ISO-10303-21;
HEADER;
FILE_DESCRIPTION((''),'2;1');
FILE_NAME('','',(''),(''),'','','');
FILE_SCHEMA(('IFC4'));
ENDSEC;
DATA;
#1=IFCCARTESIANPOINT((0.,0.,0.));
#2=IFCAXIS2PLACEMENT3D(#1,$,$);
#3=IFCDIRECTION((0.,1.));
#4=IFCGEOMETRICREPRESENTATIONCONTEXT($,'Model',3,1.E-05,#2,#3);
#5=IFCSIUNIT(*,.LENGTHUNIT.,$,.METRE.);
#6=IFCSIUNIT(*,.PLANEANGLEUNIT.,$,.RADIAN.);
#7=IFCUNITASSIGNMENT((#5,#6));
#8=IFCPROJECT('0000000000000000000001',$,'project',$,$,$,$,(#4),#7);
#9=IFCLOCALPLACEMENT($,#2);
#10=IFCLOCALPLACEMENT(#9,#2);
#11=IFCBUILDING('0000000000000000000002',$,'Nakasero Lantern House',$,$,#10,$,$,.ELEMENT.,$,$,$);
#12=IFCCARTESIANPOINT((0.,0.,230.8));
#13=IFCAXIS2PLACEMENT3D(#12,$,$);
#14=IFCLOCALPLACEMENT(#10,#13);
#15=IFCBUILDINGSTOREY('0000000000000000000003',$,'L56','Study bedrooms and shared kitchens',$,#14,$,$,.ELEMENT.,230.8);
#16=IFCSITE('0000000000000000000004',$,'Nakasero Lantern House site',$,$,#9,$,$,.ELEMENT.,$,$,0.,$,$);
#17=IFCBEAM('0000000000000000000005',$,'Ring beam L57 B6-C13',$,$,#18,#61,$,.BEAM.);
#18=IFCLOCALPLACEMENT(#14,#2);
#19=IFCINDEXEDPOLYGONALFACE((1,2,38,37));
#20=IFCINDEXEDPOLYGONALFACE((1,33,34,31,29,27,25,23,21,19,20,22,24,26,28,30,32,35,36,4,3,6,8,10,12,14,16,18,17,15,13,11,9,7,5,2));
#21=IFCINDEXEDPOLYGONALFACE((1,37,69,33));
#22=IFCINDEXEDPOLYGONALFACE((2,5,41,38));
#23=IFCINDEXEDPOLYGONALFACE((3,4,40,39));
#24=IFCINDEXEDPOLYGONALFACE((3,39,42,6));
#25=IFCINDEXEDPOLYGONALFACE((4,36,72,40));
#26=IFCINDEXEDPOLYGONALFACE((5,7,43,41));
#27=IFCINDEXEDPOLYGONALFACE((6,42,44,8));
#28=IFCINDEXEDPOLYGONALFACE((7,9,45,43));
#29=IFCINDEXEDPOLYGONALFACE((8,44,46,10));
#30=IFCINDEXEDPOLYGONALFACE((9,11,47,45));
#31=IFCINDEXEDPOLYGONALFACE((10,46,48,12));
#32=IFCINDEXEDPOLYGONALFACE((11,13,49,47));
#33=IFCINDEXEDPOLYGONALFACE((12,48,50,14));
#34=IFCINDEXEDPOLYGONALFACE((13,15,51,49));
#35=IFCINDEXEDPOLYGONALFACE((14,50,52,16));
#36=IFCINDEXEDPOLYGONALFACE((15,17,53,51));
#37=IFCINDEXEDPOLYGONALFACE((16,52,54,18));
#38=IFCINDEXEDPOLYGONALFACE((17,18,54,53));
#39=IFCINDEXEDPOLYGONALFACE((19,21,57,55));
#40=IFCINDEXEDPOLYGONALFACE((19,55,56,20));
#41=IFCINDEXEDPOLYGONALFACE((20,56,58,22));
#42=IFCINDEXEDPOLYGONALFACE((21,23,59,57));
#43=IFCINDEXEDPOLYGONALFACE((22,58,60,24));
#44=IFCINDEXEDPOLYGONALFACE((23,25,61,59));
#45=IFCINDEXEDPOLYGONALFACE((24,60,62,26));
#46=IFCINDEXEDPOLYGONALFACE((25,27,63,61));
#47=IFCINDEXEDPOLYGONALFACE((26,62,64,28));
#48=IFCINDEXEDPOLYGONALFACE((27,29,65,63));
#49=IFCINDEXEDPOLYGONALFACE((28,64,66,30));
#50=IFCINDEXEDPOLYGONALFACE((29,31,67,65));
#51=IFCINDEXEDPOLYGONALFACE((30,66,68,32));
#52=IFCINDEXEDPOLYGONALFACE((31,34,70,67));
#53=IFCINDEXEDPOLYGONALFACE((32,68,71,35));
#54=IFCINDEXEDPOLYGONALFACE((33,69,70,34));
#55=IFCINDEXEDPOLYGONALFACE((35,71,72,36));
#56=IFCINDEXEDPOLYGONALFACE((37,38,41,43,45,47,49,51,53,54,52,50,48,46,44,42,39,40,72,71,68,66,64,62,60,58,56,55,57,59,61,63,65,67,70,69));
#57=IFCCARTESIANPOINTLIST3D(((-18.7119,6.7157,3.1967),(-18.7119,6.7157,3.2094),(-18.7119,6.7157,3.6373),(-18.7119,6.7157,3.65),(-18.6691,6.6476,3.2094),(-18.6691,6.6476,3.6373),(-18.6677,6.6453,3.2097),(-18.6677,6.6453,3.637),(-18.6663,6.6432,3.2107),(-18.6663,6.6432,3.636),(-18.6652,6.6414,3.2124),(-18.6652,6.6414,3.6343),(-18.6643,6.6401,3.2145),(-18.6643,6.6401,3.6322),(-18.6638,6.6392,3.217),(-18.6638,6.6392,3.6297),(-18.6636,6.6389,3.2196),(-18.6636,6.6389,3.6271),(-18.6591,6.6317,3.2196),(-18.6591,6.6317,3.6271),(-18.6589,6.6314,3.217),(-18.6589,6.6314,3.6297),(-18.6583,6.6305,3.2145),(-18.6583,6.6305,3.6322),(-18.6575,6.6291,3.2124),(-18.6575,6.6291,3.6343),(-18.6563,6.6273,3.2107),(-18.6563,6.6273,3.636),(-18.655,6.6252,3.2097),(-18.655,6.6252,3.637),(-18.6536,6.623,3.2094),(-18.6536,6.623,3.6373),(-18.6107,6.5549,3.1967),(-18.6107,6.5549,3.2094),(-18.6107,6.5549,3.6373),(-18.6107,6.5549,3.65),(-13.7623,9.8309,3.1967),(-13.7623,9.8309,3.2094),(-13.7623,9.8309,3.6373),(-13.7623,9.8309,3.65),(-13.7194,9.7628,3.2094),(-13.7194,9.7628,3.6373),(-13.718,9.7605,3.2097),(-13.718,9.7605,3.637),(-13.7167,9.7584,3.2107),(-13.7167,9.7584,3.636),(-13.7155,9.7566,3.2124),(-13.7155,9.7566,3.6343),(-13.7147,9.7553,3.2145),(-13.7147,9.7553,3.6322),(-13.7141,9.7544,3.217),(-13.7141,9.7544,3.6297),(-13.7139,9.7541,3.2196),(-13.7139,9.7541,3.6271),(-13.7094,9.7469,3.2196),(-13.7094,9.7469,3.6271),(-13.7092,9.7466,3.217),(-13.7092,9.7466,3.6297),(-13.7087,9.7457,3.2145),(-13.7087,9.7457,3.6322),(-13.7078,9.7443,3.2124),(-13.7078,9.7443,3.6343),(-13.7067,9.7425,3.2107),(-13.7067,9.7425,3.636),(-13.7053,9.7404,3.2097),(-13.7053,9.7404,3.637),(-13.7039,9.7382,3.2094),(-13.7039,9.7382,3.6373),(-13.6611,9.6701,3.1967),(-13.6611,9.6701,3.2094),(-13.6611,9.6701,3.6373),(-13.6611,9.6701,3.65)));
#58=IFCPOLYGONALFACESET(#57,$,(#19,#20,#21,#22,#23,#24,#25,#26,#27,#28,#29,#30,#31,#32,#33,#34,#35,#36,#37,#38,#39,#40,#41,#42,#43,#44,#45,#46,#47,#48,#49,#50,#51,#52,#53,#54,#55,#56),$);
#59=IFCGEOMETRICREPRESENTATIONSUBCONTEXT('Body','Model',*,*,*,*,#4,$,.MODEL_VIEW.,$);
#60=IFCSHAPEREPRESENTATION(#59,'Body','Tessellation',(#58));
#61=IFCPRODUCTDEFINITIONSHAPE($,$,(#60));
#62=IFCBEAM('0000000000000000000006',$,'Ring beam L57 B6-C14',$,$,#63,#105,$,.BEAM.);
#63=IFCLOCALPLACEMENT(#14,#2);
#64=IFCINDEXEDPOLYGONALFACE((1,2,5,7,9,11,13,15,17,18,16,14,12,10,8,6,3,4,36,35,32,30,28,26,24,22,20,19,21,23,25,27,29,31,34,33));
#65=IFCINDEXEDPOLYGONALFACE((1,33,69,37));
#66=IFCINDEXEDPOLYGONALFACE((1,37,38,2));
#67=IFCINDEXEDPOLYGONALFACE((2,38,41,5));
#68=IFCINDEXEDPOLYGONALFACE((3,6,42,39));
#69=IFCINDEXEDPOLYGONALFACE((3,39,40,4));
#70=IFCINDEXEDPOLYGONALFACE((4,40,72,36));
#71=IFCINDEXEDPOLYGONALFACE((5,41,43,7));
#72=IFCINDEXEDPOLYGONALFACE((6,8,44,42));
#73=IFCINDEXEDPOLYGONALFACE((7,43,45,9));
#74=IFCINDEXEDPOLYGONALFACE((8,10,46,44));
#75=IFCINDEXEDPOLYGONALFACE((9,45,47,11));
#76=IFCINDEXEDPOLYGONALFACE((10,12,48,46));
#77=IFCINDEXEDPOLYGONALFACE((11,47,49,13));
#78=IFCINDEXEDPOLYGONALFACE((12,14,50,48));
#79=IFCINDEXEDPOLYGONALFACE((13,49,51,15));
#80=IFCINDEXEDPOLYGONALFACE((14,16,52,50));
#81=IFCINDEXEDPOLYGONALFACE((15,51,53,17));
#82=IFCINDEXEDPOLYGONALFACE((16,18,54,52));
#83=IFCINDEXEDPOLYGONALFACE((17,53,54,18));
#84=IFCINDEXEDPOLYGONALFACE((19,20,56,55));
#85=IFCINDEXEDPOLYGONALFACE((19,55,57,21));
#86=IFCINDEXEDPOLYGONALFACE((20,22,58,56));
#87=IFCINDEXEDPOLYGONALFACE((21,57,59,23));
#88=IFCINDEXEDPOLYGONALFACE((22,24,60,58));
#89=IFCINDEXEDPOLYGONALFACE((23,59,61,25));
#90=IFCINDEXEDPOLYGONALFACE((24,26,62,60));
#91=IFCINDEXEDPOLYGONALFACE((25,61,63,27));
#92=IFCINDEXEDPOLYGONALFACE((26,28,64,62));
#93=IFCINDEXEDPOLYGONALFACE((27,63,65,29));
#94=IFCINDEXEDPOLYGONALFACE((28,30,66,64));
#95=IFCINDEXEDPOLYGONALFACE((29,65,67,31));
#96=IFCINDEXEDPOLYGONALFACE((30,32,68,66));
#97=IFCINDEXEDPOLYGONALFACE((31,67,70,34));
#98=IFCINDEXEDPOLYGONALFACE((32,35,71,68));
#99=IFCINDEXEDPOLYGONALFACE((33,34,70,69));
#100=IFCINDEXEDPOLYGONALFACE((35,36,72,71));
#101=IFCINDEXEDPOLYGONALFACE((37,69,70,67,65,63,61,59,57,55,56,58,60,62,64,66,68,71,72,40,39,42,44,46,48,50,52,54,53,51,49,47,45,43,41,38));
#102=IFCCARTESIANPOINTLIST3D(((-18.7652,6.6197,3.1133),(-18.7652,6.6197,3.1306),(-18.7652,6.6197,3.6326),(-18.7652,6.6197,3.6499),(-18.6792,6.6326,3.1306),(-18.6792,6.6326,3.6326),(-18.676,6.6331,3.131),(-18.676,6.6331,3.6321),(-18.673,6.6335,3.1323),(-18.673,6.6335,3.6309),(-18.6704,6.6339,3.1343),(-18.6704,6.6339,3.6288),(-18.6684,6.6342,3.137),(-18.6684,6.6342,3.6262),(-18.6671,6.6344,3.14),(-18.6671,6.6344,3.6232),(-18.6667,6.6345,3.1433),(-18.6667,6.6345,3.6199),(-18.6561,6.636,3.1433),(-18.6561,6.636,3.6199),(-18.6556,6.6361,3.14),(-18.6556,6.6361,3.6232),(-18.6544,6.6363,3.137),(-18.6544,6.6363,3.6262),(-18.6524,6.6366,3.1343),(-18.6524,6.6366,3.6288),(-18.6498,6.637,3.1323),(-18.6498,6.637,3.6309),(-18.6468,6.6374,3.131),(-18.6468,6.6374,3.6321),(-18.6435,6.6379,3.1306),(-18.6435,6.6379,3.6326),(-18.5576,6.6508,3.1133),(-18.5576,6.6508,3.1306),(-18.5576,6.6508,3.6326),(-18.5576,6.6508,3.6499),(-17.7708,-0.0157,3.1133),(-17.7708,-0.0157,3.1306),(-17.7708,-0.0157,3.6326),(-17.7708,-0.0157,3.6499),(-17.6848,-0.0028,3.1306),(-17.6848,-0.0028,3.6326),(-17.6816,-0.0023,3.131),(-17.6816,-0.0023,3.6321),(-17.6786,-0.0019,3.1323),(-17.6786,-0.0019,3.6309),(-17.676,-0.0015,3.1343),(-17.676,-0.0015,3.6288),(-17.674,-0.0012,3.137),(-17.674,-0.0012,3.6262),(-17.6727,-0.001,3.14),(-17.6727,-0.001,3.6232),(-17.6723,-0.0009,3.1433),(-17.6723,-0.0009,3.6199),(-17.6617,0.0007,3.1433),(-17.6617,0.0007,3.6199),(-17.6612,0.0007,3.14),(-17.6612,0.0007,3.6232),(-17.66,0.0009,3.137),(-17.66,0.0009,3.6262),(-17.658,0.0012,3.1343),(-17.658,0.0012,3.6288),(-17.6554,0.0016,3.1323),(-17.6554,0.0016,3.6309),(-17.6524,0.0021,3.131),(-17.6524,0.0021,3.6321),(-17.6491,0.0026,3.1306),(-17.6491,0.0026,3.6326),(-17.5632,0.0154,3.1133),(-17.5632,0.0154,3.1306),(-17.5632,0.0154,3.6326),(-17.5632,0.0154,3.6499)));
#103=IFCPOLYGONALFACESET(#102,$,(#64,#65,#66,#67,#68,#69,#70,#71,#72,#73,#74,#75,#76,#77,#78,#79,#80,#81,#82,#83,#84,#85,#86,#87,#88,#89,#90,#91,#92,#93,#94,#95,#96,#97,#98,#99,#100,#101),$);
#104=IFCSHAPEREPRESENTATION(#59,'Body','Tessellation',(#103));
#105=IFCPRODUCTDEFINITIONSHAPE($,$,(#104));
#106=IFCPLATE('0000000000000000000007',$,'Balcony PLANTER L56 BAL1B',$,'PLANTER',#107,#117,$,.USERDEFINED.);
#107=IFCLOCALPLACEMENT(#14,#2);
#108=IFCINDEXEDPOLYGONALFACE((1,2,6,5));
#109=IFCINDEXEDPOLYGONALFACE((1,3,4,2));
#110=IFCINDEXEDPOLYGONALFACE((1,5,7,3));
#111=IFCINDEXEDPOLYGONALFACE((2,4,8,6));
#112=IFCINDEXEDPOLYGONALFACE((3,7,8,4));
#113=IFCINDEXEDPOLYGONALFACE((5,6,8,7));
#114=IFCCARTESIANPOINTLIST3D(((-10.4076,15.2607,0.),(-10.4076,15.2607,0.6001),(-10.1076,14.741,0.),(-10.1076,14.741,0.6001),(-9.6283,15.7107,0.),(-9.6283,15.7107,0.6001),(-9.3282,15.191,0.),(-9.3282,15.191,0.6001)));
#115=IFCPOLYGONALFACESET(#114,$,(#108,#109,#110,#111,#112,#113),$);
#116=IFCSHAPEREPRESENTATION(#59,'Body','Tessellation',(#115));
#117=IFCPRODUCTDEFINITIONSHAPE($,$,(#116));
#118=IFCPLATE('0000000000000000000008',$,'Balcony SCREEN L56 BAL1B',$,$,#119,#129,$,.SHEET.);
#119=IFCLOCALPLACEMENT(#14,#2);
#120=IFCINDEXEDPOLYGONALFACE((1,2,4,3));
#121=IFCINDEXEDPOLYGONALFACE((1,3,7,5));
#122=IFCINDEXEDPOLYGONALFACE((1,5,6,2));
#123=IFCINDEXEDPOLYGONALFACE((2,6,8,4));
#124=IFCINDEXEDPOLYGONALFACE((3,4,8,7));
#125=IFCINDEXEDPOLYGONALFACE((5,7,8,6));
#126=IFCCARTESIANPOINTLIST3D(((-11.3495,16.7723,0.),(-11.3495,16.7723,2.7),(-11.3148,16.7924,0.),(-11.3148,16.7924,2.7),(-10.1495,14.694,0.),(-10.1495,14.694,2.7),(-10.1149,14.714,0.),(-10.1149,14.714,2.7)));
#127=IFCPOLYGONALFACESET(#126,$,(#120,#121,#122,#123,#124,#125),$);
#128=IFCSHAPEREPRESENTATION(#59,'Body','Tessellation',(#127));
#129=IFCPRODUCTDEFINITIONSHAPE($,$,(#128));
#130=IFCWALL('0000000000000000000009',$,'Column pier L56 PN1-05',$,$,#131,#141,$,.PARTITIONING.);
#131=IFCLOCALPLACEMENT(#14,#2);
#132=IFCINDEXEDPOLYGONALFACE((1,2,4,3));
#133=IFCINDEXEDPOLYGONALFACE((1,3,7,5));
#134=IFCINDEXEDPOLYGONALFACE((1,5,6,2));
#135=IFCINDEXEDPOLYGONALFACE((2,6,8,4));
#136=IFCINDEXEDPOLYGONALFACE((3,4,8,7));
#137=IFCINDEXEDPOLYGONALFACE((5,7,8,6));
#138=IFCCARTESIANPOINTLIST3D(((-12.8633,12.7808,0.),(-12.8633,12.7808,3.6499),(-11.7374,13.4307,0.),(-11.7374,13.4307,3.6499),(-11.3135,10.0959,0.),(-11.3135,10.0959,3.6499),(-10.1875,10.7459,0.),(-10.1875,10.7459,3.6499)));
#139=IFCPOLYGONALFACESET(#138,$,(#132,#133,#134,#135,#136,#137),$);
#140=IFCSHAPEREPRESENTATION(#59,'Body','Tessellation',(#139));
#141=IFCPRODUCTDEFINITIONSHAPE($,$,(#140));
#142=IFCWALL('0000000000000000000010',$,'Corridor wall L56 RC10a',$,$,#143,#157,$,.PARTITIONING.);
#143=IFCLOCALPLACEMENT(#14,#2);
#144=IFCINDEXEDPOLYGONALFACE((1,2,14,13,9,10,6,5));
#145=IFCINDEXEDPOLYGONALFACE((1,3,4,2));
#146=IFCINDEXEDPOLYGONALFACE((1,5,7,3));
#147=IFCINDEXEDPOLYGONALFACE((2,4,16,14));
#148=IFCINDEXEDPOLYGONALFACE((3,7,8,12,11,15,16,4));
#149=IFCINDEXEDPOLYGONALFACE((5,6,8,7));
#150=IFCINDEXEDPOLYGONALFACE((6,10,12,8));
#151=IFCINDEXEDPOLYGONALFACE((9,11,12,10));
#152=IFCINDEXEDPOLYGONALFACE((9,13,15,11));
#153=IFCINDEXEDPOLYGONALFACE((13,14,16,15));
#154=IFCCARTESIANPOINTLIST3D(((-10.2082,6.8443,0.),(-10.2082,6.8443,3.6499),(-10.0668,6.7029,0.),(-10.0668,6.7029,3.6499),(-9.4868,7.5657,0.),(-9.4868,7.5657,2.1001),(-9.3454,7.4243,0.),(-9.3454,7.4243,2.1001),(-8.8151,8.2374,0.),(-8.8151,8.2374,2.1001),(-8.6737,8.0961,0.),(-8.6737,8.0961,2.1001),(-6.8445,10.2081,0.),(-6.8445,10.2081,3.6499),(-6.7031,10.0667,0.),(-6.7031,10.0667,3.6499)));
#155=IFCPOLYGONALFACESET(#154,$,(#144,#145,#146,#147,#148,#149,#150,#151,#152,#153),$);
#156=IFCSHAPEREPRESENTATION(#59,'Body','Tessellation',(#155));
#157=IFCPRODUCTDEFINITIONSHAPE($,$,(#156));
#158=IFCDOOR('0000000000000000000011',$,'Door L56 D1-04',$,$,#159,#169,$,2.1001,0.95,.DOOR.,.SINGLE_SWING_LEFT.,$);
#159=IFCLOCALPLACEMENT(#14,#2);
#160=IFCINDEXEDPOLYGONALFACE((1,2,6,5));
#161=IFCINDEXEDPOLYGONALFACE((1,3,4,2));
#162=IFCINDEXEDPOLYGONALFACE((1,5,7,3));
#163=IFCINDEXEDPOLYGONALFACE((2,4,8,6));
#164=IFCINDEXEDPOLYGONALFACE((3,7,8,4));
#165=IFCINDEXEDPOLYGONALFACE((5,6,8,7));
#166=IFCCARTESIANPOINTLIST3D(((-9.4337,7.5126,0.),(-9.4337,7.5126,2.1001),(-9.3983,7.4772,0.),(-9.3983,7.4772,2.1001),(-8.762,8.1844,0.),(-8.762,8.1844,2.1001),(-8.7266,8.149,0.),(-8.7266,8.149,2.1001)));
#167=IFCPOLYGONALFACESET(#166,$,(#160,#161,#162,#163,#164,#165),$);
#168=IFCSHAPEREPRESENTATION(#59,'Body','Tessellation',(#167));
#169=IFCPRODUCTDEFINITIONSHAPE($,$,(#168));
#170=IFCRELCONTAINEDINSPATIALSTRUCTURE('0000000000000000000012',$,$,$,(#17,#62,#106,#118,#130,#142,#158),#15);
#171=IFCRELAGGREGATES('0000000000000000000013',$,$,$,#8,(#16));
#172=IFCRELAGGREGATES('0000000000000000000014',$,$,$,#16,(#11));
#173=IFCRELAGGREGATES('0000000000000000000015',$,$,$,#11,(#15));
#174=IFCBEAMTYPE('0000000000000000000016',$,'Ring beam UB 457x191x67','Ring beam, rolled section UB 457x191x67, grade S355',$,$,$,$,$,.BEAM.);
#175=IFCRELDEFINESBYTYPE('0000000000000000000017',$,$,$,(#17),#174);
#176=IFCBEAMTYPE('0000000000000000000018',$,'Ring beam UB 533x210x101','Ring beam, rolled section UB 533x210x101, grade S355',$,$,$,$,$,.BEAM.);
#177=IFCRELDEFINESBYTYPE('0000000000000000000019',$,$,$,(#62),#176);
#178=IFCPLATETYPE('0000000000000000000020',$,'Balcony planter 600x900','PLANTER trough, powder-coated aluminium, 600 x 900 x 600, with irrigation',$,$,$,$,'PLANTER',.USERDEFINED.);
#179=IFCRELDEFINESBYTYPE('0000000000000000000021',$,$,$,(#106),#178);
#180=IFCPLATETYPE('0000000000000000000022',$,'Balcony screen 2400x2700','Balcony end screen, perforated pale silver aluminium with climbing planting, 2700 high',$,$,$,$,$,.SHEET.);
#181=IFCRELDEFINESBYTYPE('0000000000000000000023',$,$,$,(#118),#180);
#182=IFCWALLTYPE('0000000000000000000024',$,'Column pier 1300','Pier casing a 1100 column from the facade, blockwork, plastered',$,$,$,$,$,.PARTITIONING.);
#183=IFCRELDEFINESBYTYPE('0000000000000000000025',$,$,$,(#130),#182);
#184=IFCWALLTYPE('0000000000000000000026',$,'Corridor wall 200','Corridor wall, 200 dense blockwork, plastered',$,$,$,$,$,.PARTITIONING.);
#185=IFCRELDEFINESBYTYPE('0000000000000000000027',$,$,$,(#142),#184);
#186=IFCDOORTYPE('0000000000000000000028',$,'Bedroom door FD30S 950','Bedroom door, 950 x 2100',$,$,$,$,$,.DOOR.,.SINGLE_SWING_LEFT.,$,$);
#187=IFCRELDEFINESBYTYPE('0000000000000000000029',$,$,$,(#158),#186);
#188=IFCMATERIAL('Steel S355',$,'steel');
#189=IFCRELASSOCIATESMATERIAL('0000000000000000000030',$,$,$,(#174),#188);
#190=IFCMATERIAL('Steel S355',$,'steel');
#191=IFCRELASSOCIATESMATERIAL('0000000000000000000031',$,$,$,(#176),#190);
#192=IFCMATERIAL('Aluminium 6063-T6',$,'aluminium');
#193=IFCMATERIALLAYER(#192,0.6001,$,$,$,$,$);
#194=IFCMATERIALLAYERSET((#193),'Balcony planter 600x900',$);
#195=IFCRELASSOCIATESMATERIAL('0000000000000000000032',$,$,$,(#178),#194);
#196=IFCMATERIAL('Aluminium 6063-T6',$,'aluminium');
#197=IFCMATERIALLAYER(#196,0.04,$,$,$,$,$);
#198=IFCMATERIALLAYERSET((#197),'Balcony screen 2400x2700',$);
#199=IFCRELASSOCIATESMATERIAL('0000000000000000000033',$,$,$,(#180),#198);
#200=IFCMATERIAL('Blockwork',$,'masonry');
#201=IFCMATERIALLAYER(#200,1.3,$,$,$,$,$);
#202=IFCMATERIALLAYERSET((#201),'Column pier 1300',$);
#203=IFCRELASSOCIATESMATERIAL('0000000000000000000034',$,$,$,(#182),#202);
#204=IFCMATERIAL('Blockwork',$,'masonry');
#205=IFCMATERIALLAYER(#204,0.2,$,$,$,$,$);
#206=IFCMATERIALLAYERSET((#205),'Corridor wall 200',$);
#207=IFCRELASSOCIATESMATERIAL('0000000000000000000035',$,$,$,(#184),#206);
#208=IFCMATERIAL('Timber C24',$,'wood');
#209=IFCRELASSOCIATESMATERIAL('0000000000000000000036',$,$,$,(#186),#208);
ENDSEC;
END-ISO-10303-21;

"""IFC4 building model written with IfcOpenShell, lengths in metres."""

from ifc_helpers import new_model, si_unit, direction, frame, frame_2d, origin, origin_2d, place, context, subcontext, project, spatial, rectangle, i_section, extrude, material, layer, layer_set, material_profile, profile_set, type_object, element, fill, save


model = new_model("IFC4")

# Units and contexts
model_context = context("Model", 3, precision=1e-05, world=origin(), true_north=direction((0.0, 1.0)))
body_context = subcontext(model_context, "Body", "Model", "MODEL_VIEW")
ifc_project = project(units=[si_unit("LENGTHUNIT", "METRE"), si_unit("PLANEANGLEUNIT", "RADIAN")], contexts=[model_context])

# Site, building, storey
site_placement = place(None, origin())
site = spatial("IfcSite", under=ifc_project, at=site_placement, Name="Nakasero Lantern House site", CompositionType="ELEMENT", RefElevation=0.0)
building_placement = place(site_placement, origin())
building = spatial("IfcBuilding", under=site, at=building_placement, Name="Nakasero Lantern House", CompositionType="ELEMENT")
storey_placement = place(building_placement, frame((0.0, 0.0, 230.8)))
storey = spatial("IfcBuildingStorey", under=building, at=storey_placement, Name="L56", Description="Study bedrooms and shared kitchens", CompositionType="ELEMENT", Elevation=230.8)

# Beams
ifc_material_1 = material(Name="Steel S355", Category="steel")
ifc_material_profile_1 = material_profile(ifc_material_1, i_section(OverallWidth=0.1899, OverallDepth=0.4534, WebThickness=0.0085, FlangeThickness=0.0127, FilletRadius=0.0103, at=origin_2d()), Name="UB 457x191x67")
ifc_profile_set_1 = profile_set([ifc_material_profile_1], Name="Steel S355")
beam_type_1 = type_object("IfcBeamType", Name="Ring beam UB 457x191x67", Description="Ring beam, rolled section UB 457x191x67, grade S355", PredefinedType="BEAM", material=ifc_profile_set_1)
beam_1_placement = place(storey_placement, frame((-13.7117, 9.7505, 3.4233), z_axis=(-0.846329, -0.53266, 0.0), x_axis=(0.53266, -0.846329, 0.0)))
element("IfcBeam", 1, at=beam_1_placement, inside=storey, type_object=beam_type_1, Name="Ring beam L57 B6-C13", PredefinedType="BEAM", context=body_context, shape_type="SweptSolid", body=[
    extrude(i_section(OverallWidth=0.1899, OverallDepth=0.4534, WebThickness=0.0085, FlangeThickness=0.0127, FilletRadius=0.0103, at=origin_2d()), origin(), (0.0, 0.0, 1.0), 5.8484),
])
ifc_material_2 = material(Name="Steel S355", Category="steel")
ifc_material_profile_2 = material_profile(ifc_material_2, i_section(OverallWidth=0.21, OverallDepth=0.5366, WebThickness=0.0107, FlangeThickness=0.0173, FilletRadius=0.0127, at=origin_2d()), Name="UB 533x210x101")
ifc_profile_set_2 = profile_set([ifc_material_profile_2], Name="Steel S355")
beam_type_2 = type_object("IfcBeamType", Name="Ring beam UB 533x210x101", Description="Ring beam, rolled section UB 533x210x101, grade S355", PredefinedType="BEAM", material=ifc_profile_set_2)
beam_2_placement = place(storey_placement, frame((-18.6614, 6.6353, 3.3816), z_axis=(0.148209, -0.988956, 0.0), x_axis=(0.988956, 0.148209, 0.0)))
element("IfcBeam", 2, at=beam_2_placement, inside=storey, type_object=beam_type_2, Name="Ring beam L57 B6-C14", PredefinedType="BEAM", context=body_context, shape_type="SweptSolid", body=[
    extrude(i_section(OverallWidth=0.21, OverallDepth=0.5366, WebThickness=0.0107, FlangeThickness=0.0173, FilletRadius=0.0127, at=origin_2d()), origin(), (0.0, 0.0, 1.0), 6.7095),
])

# Plates
ifc_material_3 = material(Name="Aluminium 6063-T6", Category="aluminium")
ifc_layer_1 = layer(ifc_material_3, 0.6001)
ifc_layer_set_1 = layer_set([ifc_layer_1], Name="Balcony planter 600x900")
plate_type_1 = type_object("IfcPlateType", Name="Balcony planter 600x900", Description="PLANTER trough, powder-coated aluminium, 600 x 900 x 600, with irrigation", ElementType="PLANTER", PredefinedType="USERDEFINED", material=ifc_layer_set_1)
plate_1_placement = place(storey_placement, frame((-9.8679, 15.2258, 0.0), z_axis=(0.0, 0.0, 1.0), x_axis=(-0.5, 0.866025, 0.0)))
element("IfcPlate", 3, at=plate_1_placement, inside=storey, type_object=plate_type_1, Name="Balcony PLANTER L56 BAL1B", ObjectType="PLANTER", PredefinedType="USERDEFINED", context=body_context, shape_type="SweptSolid", body=[
    extrude(rectangle(XDim=0.6001, YDim=0.8999, at=origin_2d()), origin(), (0.0, 0.0, 1.0), 0.6001),
])
ifc_material_4 = material(Name="Aluminium 6063-T6", Category="aluminium")
ifc_layer_2 = layer(ifc_material_4, 0.04)
ifc_layer_set_2 = layer_set([ifc_layer_2], Name="Balcony screen 2400x2700")
plate_type_2 = type_object("IfcPlateType", Name="Balcony screen 2400x2700", Description="Balcony end screen, perforated pale silver aluminium with climbing planting, 2700 high", PredefinedType="SHEET", material=ifc_layer_set_2)
plate_2_placement = place(storey_placement, frame((-10.7322, 15.7432, 0.0), z_axis=(0.0, 0.0, 1.0), x_axis=(-0.5, 0.866025, 0.0)))
element("IfcPlate", 4, at=plate_2_placement, inside=storey, type_object=plate_type_2, Name="Balcony SCREEN L56 BAL1B", PredefinedType="SHEET", context=body_context, shape_type="SweptSolid", body=[
    extrude(rectangle(XDim=2.3999, YDim=0.04, at=origin_2d()), origin(), (0.0, 0.0, 1.0), 2.7),
])

# Wall
ifc_material_5 = material(Name="Blockwork", Category="masonry")
ifc_layer_3 = layer(ifc_material_5, 1.3)
ifc_layer_set_3 = layer_set([ifc_layer_3], Name="Column pier 1300")
wall_type_1 = type_object("IfcWallType", Name="Column pier 1300", Description="Pier casing a 1100 column from the facade, blockwork, plastered", PredefinedType="PARTITIONING", material=ifc_layer_set_3)
wall_1_placement = place(storey_placement, frame((-10.7505, 10.4209, 0.0), z_axis=(0.0, 0.0, 1.0), x_axis=(-0.499934, 0.866064, 0.0)))
element("IfcWall", 5, at=wall_1_placement, inside=storey, type_object=wall_type_1, Name="Column pier L56 PN1-05", PredefinedType="PARTITIONING", context=body_context, shape_type="SweptSolid", body=[
    extrude(rectangle(XDim=3.1001, YDim=1.3, at=frame_2d((1.55, 0.0))), origin(), (0.0, 0.0, 1.0), 3.6499),
])

# Wall, opening, door
ifc_material_6 = material(Name="Blockwork", Category="masonry")
ifc_layer_4 = layer(ifc_material_6, 0.2)
ifc_layer_set_4 = layer_set([ifc_layer_4], Name="Corridor wall 200")
wall_type_2 = type_object("IfcWallType", Name="Corridor wall 200", Description="Corridor wall, 200 dense blockwork, plastered", PredefinedType="PARTITIONING", material=ifc_layer_set_4)
wall_2_placement = place(storey_placement, frame((-10.1375, 6.7737, 0.0), z_axis=(0.0, 0.0, 1.0), x_axis=(0.707107, 0.707107, 0.0)))
wall_2 = element("IfcWall", 6, at=wall_2_placement, inside=storey, type_object=wall_type_2, Name="Corridor wall L56 RC10a", PredefinedType="PARTITIONING", context=body_context, shape_type="SweptSolid", body=[
    extrude(rectangle(XDim=4.7571, YDim=0.2, at=frame_2d((2.3784, 0.0))), origin(), (0.0, 0.0, 1.0), 3.6499),
])
opening_1_placement = place(wall_2_placement, frame((1.02, 0.0, 0.0)))
opening_1 = element("IfcOpeningElement", 7, at=opening_1_placement, cuts=wall_2, PredefinedType="OPENING", context=body_context, shape_type="SweptSolid", body=[
    extrude(rectangle(XDim=0.95, YDim=2.1001, at=frame_2d((0.4751, 1.05))), frame((0.0, 0.1199, 0.0), z_axis=(0.0, -1.0, 0.0), x_axis=(1.0, 0.0, 0.0)), (0.0, 0.0, 1.0), 0.24),
])
ifc_material_7 = material(Name="Timber C24", Category="wood")
door_type_1 = type_object("IfcDoorType", Name="Bedroom door FD30S 950", Description="Bedroom door, 950 x 2100", OperationType="SINGLE_SWING_LEFT", PredefinedType="DOOR", material=ifc_material_7)
door_1_placement = place(opening_1_placement, origin())
door_1 = element("IfcDoor", 8, at=door_1_placement, inside=storey, type_object=door_type_1, Name="Door L56 D1-04", OperationType="SINGLE_SWING_LEFT", OverallHeight=2.1001, OverallWidth=0.95, PredefinedType="DOOR", context=body_context, shape_type="SweptSolid", body=[
    extrude(rectangle(XDim=0.95, YDim=2.1001, at=frame_2d((0.4751, 1.05))), frame((0.0, 0.0249, 0.0), z_axis=(0.0, -1.0, 0.0), x_axis=(1.0, 0.0, 0.0)), (0.0, 0.0, 1.0), 0.05),
])
fill(opening_1, door_1)

save(model, "model.ifc")
